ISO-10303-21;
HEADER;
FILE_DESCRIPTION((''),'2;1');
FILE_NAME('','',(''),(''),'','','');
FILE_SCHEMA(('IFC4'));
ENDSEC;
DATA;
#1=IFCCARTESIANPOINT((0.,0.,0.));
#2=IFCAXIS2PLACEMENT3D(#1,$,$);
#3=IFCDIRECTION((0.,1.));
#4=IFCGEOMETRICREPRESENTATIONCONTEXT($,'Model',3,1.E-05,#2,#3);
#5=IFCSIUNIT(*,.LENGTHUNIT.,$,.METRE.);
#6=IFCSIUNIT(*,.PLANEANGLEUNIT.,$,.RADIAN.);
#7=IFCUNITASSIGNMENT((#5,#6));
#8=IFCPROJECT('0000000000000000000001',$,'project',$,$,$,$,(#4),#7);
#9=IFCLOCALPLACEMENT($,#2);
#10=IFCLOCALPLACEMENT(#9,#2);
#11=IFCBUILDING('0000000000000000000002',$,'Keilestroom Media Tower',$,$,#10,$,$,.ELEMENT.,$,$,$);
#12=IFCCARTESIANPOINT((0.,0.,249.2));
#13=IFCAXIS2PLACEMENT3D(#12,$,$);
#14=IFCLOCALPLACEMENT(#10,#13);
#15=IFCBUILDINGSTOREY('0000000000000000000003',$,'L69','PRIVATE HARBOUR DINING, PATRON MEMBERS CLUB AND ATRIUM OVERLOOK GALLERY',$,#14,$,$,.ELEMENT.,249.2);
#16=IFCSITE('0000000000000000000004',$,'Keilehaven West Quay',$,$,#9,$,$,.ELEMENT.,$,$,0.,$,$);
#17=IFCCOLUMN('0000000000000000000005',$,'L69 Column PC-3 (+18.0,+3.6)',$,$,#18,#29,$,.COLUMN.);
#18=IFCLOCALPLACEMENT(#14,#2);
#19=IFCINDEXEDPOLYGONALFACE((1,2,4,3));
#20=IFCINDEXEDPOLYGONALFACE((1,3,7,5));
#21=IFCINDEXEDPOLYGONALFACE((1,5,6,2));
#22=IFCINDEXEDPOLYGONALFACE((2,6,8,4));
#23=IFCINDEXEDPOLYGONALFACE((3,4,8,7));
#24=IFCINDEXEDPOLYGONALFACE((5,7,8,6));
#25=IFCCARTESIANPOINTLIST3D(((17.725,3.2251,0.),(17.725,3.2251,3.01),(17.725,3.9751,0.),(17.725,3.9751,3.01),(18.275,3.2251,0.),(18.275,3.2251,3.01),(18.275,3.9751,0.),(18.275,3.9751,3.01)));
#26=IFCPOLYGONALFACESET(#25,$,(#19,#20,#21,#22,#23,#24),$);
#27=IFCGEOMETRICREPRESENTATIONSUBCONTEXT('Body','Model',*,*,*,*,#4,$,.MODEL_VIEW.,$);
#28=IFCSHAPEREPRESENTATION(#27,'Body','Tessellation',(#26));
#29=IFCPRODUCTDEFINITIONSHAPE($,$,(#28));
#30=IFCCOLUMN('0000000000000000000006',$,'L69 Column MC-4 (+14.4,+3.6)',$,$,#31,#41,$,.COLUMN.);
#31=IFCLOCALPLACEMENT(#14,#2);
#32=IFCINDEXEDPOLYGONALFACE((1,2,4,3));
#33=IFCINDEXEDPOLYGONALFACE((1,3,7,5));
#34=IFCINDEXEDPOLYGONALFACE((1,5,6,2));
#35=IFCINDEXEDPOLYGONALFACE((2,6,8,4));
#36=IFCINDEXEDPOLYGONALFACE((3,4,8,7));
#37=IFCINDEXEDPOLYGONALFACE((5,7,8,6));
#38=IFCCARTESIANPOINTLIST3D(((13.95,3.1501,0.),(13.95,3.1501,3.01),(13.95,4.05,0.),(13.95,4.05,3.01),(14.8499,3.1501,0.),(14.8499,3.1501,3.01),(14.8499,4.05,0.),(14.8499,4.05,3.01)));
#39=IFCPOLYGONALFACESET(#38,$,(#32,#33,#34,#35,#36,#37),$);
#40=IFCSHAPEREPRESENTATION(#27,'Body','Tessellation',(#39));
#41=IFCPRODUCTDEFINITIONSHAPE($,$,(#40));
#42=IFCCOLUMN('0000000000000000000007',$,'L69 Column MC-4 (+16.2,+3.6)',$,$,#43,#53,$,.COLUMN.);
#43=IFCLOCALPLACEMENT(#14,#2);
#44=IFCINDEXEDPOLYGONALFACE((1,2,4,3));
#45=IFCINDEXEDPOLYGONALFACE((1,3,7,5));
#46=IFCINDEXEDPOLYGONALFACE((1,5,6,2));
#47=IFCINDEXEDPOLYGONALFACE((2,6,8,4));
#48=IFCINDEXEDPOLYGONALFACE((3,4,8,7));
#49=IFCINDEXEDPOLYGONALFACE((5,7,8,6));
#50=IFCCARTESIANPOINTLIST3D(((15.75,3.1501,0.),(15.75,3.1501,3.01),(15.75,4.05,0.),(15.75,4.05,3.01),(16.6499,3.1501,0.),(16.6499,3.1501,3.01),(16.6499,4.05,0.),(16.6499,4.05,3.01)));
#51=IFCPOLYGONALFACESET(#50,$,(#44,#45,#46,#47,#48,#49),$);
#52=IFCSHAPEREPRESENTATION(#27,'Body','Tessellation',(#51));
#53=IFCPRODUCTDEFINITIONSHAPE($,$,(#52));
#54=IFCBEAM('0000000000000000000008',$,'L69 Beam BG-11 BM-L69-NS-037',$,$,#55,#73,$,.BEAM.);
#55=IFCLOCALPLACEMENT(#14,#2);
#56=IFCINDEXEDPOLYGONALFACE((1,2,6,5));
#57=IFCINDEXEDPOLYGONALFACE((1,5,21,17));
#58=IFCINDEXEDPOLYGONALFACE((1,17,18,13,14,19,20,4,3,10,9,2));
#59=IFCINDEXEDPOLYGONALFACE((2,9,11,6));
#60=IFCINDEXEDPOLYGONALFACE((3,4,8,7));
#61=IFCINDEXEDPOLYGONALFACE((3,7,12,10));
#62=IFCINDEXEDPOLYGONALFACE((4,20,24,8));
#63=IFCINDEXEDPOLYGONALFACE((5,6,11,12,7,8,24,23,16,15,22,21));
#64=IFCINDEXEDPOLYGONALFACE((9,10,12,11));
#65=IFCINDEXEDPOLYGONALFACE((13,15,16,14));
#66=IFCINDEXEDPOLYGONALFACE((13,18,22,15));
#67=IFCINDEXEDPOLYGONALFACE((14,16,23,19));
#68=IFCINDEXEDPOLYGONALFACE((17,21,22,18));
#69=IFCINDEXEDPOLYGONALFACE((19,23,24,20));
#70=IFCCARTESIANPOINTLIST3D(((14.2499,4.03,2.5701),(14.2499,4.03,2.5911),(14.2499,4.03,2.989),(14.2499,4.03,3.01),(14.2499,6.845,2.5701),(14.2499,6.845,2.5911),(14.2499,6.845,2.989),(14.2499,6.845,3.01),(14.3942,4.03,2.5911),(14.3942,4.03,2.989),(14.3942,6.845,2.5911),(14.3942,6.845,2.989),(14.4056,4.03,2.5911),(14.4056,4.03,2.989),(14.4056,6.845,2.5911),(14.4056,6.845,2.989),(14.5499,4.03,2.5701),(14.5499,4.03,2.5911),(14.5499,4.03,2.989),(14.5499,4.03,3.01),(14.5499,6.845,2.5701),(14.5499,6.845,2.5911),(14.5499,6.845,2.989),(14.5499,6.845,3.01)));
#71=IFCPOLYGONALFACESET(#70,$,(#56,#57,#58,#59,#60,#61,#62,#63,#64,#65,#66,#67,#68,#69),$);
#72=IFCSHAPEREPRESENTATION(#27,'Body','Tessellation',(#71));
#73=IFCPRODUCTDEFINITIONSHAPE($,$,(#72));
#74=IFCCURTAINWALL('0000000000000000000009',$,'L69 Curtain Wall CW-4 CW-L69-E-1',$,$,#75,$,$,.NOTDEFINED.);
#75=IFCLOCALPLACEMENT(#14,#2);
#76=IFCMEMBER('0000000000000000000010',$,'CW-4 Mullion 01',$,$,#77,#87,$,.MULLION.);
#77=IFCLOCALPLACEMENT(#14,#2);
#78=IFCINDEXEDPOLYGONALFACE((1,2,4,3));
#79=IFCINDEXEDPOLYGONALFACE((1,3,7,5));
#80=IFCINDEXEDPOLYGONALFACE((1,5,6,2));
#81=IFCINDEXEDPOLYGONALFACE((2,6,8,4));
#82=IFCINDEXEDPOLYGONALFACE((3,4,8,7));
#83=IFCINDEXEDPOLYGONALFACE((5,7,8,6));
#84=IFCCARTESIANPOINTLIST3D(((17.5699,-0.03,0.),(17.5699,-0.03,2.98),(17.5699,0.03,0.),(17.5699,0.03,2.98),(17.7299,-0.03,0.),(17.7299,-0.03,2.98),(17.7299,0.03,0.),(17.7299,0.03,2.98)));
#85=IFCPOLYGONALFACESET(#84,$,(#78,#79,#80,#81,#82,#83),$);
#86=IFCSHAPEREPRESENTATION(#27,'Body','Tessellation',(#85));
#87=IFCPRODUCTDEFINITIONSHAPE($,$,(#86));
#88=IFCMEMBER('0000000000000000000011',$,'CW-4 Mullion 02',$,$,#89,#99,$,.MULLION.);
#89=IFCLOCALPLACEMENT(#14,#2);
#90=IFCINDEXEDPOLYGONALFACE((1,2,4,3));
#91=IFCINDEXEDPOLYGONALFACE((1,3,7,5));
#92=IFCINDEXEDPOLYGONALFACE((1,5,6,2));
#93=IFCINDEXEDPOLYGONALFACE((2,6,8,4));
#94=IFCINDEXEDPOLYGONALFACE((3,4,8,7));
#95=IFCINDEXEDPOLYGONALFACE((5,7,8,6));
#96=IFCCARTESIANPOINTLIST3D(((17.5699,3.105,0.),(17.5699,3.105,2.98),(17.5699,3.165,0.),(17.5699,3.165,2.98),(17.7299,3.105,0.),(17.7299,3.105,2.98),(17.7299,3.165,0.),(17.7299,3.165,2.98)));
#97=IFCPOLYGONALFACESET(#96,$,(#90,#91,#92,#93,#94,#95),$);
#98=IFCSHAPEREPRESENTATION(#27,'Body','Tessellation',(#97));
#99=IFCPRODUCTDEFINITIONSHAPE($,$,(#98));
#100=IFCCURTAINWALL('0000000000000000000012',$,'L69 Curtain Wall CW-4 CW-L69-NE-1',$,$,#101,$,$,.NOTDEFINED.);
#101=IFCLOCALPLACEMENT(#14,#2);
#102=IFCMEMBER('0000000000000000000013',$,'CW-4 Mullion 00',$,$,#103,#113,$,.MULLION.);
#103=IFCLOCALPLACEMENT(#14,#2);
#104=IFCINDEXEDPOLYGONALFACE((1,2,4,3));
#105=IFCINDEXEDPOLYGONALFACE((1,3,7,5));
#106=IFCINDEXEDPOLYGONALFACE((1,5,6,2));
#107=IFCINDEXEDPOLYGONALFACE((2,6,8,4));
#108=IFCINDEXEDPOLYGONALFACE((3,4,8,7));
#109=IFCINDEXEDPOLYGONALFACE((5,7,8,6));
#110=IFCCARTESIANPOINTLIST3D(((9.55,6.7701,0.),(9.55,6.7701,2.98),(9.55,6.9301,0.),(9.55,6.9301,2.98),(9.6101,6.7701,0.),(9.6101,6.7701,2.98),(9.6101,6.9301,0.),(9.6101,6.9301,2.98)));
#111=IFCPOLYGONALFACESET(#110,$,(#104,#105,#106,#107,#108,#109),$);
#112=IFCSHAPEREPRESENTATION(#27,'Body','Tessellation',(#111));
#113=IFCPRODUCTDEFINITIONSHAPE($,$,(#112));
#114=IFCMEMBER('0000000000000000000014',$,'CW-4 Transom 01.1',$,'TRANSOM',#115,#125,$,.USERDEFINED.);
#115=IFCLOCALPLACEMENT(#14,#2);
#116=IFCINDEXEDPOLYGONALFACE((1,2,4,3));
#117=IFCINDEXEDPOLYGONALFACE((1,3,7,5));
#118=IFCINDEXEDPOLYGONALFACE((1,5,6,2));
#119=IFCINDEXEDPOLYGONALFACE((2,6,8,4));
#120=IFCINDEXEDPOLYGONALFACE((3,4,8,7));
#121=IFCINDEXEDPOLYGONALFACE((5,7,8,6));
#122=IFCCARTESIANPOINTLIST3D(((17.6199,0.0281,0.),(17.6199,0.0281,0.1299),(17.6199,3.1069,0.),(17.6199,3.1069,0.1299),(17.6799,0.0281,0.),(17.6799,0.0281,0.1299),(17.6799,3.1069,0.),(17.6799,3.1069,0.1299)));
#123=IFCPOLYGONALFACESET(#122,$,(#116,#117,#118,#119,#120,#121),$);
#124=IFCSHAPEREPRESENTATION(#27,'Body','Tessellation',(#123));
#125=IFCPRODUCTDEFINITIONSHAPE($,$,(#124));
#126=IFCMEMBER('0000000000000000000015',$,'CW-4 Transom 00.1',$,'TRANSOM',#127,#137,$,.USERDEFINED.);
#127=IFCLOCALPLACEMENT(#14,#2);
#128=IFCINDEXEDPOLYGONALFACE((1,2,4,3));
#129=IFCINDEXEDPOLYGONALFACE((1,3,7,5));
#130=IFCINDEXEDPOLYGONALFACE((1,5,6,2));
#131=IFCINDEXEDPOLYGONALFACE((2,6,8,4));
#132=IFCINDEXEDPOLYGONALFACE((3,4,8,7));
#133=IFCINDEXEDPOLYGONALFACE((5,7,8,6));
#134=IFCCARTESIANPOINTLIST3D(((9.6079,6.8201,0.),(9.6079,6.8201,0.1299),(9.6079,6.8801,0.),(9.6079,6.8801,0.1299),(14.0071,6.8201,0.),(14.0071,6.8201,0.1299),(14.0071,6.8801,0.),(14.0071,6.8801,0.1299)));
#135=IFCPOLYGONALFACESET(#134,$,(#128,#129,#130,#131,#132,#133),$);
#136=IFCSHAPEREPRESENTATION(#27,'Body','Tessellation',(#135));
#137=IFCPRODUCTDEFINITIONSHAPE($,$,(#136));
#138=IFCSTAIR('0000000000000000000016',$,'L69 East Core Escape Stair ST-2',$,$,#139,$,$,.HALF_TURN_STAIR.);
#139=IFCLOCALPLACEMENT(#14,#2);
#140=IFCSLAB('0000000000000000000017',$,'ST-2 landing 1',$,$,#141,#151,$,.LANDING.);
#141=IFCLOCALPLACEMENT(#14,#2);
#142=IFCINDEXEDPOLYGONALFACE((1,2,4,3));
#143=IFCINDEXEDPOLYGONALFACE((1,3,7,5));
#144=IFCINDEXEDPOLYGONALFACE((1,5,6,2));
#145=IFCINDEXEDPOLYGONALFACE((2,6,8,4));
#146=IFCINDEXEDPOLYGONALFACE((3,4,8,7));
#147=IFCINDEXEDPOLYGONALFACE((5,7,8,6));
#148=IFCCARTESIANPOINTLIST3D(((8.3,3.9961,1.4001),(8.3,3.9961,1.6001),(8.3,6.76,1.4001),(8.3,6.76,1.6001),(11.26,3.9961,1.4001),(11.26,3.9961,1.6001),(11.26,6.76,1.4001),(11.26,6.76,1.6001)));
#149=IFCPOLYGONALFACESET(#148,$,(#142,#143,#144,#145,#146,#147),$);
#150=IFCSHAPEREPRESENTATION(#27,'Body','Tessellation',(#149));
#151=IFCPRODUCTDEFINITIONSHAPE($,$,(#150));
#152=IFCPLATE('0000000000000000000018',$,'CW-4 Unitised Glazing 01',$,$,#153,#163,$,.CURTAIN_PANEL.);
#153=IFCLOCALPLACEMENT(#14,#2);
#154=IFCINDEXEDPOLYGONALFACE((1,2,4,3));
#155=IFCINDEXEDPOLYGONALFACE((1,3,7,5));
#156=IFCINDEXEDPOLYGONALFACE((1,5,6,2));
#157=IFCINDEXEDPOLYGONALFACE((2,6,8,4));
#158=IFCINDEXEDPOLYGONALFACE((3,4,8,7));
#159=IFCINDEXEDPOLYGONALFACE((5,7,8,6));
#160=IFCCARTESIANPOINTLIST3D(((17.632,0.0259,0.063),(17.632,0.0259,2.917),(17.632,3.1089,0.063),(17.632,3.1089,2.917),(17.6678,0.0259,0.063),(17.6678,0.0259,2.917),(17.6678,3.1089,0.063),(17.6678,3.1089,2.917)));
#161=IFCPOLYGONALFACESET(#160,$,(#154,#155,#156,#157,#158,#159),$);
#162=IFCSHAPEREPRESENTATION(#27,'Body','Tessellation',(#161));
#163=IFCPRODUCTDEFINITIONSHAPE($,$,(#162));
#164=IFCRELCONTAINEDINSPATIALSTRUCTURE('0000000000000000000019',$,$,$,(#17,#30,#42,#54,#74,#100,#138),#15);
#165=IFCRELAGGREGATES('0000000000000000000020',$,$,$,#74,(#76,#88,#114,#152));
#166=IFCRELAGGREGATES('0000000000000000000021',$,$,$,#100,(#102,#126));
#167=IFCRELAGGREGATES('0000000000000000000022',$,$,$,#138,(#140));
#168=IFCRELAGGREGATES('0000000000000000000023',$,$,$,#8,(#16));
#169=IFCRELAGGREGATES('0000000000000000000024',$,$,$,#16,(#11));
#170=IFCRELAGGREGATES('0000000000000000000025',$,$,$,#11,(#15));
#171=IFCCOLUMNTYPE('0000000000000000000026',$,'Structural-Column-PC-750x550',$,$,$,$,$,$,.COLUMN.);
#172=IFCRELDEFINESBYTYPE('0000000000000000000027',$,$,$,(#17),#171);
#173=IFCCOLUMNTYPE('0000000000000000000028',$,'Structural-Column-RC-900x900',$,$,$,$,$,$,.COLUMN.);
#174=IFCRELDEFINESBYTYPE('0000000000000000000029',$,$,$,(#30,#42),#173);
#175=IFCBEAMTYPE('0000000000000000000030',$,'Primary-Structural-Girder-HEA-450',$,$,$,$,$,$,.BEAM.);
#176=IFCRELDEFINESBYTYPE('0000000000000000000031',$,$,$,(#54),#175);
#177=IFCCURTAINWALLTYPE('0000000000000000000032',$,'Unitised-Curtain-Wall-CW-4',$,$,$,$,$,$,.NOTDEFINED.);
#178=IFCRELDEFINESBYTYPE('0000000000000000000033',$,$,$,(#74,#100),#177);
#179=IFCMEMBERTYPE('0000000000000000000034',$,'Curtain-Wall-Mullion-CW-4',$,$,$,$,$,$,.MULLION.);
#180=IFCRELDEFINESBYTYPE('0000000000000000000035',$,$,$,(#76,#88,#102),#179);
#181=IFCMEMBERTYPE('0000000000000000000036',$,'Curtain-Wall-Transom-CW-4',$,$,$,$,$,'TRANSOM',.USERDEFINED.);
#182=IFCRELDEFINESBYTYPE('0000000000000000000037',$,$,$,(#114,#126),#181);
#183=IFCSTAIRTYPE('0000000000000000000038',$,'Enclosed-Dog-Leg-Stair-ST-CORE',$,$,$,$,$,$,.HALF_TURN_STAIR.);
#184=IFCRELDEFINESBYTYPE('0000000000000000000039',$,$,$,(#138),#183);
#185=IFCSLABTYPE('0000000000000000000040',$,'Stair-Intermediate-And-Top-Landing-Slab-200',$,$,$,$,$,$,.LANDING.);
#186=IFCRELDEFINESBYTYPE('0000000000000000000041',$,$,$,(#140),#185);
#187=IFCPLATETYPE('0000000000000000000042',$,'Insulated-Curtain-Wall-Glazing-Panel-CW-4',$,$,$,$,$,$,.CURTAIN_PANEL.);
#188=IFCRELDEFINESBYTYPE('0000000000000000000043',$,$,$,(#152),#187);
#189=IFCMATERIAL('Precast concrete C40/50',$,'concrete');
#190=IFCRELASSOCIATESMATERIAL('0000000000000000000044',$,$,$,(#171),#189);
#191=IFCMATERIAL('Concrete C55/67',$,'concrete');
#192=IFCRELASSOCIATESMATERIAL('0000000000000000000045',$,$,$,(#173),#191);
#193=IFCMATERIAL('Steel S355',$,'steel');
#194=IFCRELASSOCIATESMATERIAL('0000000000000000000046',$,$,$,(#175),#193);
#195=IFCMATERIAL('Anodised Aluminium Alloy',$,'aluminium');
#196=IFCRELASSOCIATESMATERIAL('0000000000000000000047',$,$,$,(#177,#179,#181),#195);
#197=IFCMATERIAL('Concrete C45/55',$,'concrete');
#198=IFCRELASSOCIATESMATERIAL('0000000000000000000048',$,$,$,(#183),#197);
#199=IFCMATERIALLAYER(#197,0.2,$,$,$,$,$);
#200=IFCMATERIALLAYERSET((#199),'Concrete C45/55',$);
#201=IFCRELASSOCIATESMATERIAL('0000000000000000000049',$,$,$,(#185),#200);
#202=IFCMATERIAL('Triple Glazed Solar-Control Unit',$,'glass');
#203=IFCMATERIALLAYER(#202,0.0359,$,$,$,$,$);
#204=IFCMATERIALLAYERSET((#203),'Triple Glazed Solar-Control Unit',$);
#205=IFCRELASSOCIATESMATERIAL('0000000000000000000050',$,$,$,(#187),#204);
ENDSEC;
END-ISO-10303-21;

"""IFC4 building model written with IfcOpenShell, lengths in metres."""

from ifc_helpers import new_model, si_unit, direction, frame, origin, origin_2d, place, context, subcontext, project, spatial, polyline, rectangle, i_section, outline, extrude, source, transform, mapped, material, layer, layer_set, material_profile, profile_set, type_object, element, aggregate, save


model = new_model("IFC4")

# Units and contexts
model_context = context("Model", 3, precision=1e-05, world=origin(), true_north=direction((0.0, 1.0)))
body_context = subcontext(model_context, "Body", "Model", "MODEL_VIEW")
ifc_project = project(units=[si_unit("LENGTHUNIT", "METRE"), si_unit("PLANEANGLEUNIT", "RADIAN")], contexts=[model_context])

# Site, building, storey
site_placement = place(None, origin())
site = spatial("IfcSite", under=ifc_project, at=site_placement, Name="Keilehaven West Quay", CompositionType="ELEMENT", RefElevation=0.0)
building_placement = place(site_placement, origin())
building = spatial("IfcBuilding", under=site, at=building_placement, Name="Keilestroom Media Tower", CompositionType="ELEMENT")
storey_placement = place(building_placement, frame((0.0, 0.0, 249.2)))
storey = spatial("IfcBuildingStorey", under=building, at=storey_placement, Name="L69", Description="PRIVATE HARBOUR DINING, PATRON MEMBERS CLUB AND ATRIUM OVERLOOK GALLERY", CompositionType="ELEMENT", Elevation=249.2)

# Columns
ifc_material_1 = material(Name="Precast concrete C40/50", Category="concrete")
ifc_material_profile_1 = material_profile(ifc_material_1, rectangle(XDim=0.55, YDim=0.75, at=origin_2d()), Name="PC 750x550")
ifc_profile_set_1 = profile_set([ifc_material_profile_1], Name="Precast concrete C40/50")
column_type_1 = type_object("IfcColumnType", Name="Structural-Column-PC-750x550", PredefinedType="COLUMN", material=ifc_profile_set_1)
shared_shape_1 = source(origin(), body_context, "Body", "SweptSolid", [
    extrude(rectangle(XDim=0.55, YDim=0.75, at=origin_2d()), origin(), (0.0, 0.0, 1.0), 3.01),
])
column_placement = place(storey_placement, frame((18.0, 3.6001, 0.0), z_axis=(0.0, 0.0, 1.0), x_axis=(1.0, 0.0, 0.0)))
element("IfcColumn", 1, at=column_placement, inside=storey, type_object=column_type_1, Name="L69 Column PC-3 (+18.0,+3.6)", PredefinedType="COLUMN", context=body_context, shape_type="MappedRepresentation", body=[
    mapped(shared_shape_1, transform((0.0, 0.0, 0.0), x_axis=(1.0, 0.0, 0.0), y_axis=(0.0, 1.0, 0.0), z_axis=(0.0, 0.0, 1.0), scale=1.0)),
])
ifc_material_2 = material(Name="Concrete C55/67", Category="concrete")
ifc_material_profile_2 = material_profile(ifc_material_2, rectangle(XDim=0.8999, YDim=0.8999, at=origin_2d()), Name="RC 900x900")
ifc_profile_set_2 = profile_set([ifc_material_profile_2], Name="Concrete C55/67")
column_type_2 = type_object("IfcColumnType", Name="Structural-Column-RC-900x900", PredefinedType="COLUMN", material=ifc_profile_set_2)
shared_shape_2 = source(origin(), body_context, "Body", "SweptSolid", [
    extrude(rectangle(XDim=0.8999, YDim=0.8999, at=origin_2d()), origin(), (0.0, 0.0, 1.0), 3.01),
])
for number, where, z_axis, x_axis, name in (
    (2, (14.3999, 3.6001, 0.0), (0.0, 0.0, 1.0), (1.0, 0.0, 0.0), "L69 Column MC-4 (+14.4,+3.6)"),
    (3, (16.2, 3.6001, 0.0), (0.0, 0.0, 1.0), (1.0, 0.0, 0.0), "L69 Column MC-4 (+16.2,+3.6)"),
):
    element("IfcColumn", number, at=place(storey_placement, frame(where, z_axis=z_axis, x_axis=x_axis)), inside=storey, type_object=column_type_2, Name=name, PredefinedType="COLUMN", context=body_context, shape_type="MappedRepresentation", body=[
        mapped(shared_shape_2, transform((0.0, 0.0, 0.0), x_axis=(1.0, 0.0, 0.0), y_axis=(0.0, 1.0, 0.0), z_axis=(0.0, 0.0, 1.0), scale=1.0)),
    ])

# Beam
ifc_material_3 = material(Name="Steel S355", Category="steel")
ifc_material_profile_3 = material_profile(ifc_material_3, i_section(OverallWidth=0.3, OverallDepth=0.4399, WebThickness=0.0115, FlangeThickness=0.021, at=origin_2d()), Name="HEA 450")
ifc_profile_set_3 = profile_set([ifc_material_profile_3], Name="Steel S355")
beam_type = type_object("IfcBeamType", Name="Primary-Structural-Girder-HEA-450", PredefinedType="BEAM", material=ifc_profile_set_3)
shared_shape_3 = source(origin(), body_context, "Body", "SweptSolid", [
    extrude(i_section(OverallWidth=0.3, OverallDepth=0.4399, WebThickness=0.0115, FlangeThickness=0.021, at=origin_2d()), origin(), (0.0, 0.0, 1.0), 2.8149),
])
beam_placement = place(storey_placement, frame((14.3999, 4.03, 2.79), z_axis=(0.0, 1.0, 0.0), x_axis=(-1.0, 0.0, 0.0)))
element("IfcBeam", 4, at=beam_placement, inside=storey, type_object=beam_type, Name="L69 Beam BG-11 BM-L69-NS-037", PredefinedType="BEAM", context=body_context, shape_type="MappedRepresentation", body=[
    mapped(shared_shape_3, transform((0.0, 0.0, 0.0), x_axis=(1.0, 0.0, 0.0), y_axis=(0.0, 1.0, 0.0), z_axis=(0.0, 0.0, 1.0), scale=1.0)),
])

# Curtain wall, members
ifc_material_4 = material(Name="Anodised Aluminium Alloy", Category="aluminium")
curtain_wall_type = type_object("IfcCurtainWallType", Name="Unitised-Curtain-Wall-CW-4", PredefinedType="NOTDEFINED", material=ifc_material_4)
curtain_wall_1_placement = place(storey_placement, origin())
curtain_wall_1 = element("IfcCurtainWall", 5, at=curtain_wall_1_placement, inside=storey, type_object=curtain_wall_type, Name="L69 Curtain Wall CW-4 CW-L69-E-1", PredefinedType="NOTDEFINED")
ifc_material_profile_4 = material_profile(ifc_material_4, rectangle(XDim=0.0601, YDim=0.1599, at=origin_2d()), Name="ALU MULLION 60x160")
ifc_profile_set_4 = profile_set([ifc_material_profile_4], Name="Anodised Aluminium Alloy")
member_type_1 = type_object("IfcMemberType", Name="Curtain-Wall-Mullion-CW-4", PredefinedType="MULLION", material=ifc_profile_set_4)
shared_shape_4 = source(origin(), body_context, "Body", "SweptSolid", [
    extrude(rectangle(XDim=0.0601, YDim=0.1599, at=origin_2d()), origin(), (0.0, 0.0, 1.0), 2.98),
])
member_1_placement = place(storey_placement, frame((17.6499, 0.0, 0.0), z_axis=(0.0, 0.0, 1.0), x_axis=(0.0, 1.0, 0.0)))
member_1 = element("IfcMember", 6, at=member_1_placement, type_object=member_type_1, Name="CW-4 Mullion 01", PredefinedType="MULLION", context=body_context, shape_type="MappedRepresentation", body=[
    mapped(shared_shape_4, transform((0.0, 0.0, 0.0), x_axis=(1.0, 0.0, 0.0), y_axis=(0.0, 1.0, 0.0), z_axis=(0.0, 0.0, 1.0), scale=1.0)),
])
member_2_placement = place(storey_placement, frame((17.6499, 3.135, 0.0), z_axis=(0.0, 0.0, 1.0), x_axis=(0.0, 1.0, 0.0)))
member_2 = element("IfcMember", 7, at=member_2_placement, type_object=member_type_1, Name="CW-4 Mullion 02", PredefinedType="MULLION", context=body_context, shape_type="MappedRepresentation", body=[
    mapped(shared_shape_4, transform((0.0, 0.0, 0.0), x_axis=(1.0, 0.0, 0.0), y_axis=(0.0, 1.0, 0.0), z_axis=(0.0, 0.0, 1.0), scale=1.0)),
])

# Curtain wall, member
curtain_wall_2_placement = place(storey_placement, origin())
curtain_wall_2 = element("IfcCurtainWall", 8, at=curtain_wall_2_placement, inside=storey, type_object=curtain_wall_type, Name="L69 Curtain Wall CW-4 CW-L69-NE-1", PredefinedType="NOTDEFINED")
member_3_placement = place(storey_placement, frame((9.5801, 6.8501, 0.0), z_axis=(0.0, 0.0, 1.0), x_axis=(1.0, 0.0, 0.0)))
member_3 = element("IfcMember", 9, at=member_3_placement, type_object=member_type_1, Name="CW-4 Mullion 00", PredefinedType="MULLION", context=body_context, shape_type="MappedRepresentation", body=[
    mapped(shared_shape_4, transform((0.0, 0.0, 0.0), x_axis=(1.0, 0.0, 0.0), y_axis=(0.0, 1.0, 0.0), z_axis=(0.0, 0.0, 1.0), scale=1.0)),
])

# Members
ifc_material_profile_5 = material_profile(ifc_material_4, rectangle(XDim=0.0601, YDim=0.1299, at=origin_2d()), Name="ALU TRANSOM 60x130")
ifc_profile_set_5 = profile_set([ifc_material_profile_5], Name="Anodised Aluminium Alloy")
member_type_2 = type_object("IfcMemberType", Name="Curtain-Wall-Transom-CW-4", ElementType="TRANSOM", PredefinedType="USERDEFINED", material=ifc_profile_set_5)
shared_shape_5 = source(origin(), body_context, "Body", "SweptSolid", [
    extrude(rectangle(XDim=0.0601, YDim=0.1299, at=origin_2d()), origin(), (0.0, 0.0, 1.0), 3.0789),
])
member_4_placement = place(storey_placement, frame((17.6499, 0.0281, 0.0649), z_axis=(0.0, 1.0, 0.0), x_axis=(-1.0, 0.0, 0.0)))
member_4 = element("IfcMember", 10, at=member_4_placement, type_object=member_type_2, Name="CW-4 Transom 01.1", ObjectType="TRANSOM", PredefinedType="USERDEFINED", context=body_context, shape_type="MappedRepresentation", body=[
    mapped(shared_shape_5, transform((0.0, 0.0, 0.0), x_axis=(1.0, 0.0, 0.0), y_axis=(0.0, 1.0, 0.0), z_axis=(0.0, 0.0, 1.0), scale=1.0)),
])
shared_shape_6 = source(origin(), body_context, "Body", "SweptSolid", [
    extrude(rectangle(XDim=0.0601, YDim=0.1299, at=origin_2d()), origin(), (0.0, 0.0, 1.0), 4.3992),
])
member_5_placement = place(storey_placement, frame((9.6079, 6.8501, 0.0649), z_axis=(1.0, 0.0, 0.0), x_axis=(0.0, 1.0, 0.0)))
member_5 = element("IfcMember", 11, at=member_5_placement, type_object=member_type_2, Name="CW-4 Transom 00.1", ObjectType="TRANSOM", PredefinedType="USERDEFINED", context=body_context, shape_type="MappedRepresentation", body=[
    mapped(shared_shape_6, transform((0.0, 0.0, 0.0), x_axis=(1.0, 0.0, 0.0), y_axis=(0.0, 1.0, 0.0), z_axis=(0.0, 0.0, 1.0), scale=1.0)),
])

# Stair, slab
ifc_material_5 = material(Name="Concrete C45/55", Category="concrete")
stair_type = type_object("IfcStairType", Name="Enclosed-Dog-Leg-Stair-ST-CORE", PredefinedType="HALF_TURN_STAIR", material=ifc_material_5)
stair_placement = place(storey_placement, origin())
stair = element("IfcStair", 12, at=stair_placement, inside=storey, type_object=stair_type, Name="L69 East Core Escape Stair ST-2", PredefinedType="HALF_TURN_STAIR")
ifc_layer_1 = layer(ifc_material_5, 0.2)
ifc_layer_set_1 = layer_set([ifc_layer_1], Name="Concrete C45/55")
slab_type = type_object("IfcSlabType", Name="Stair-Intermediate-And-Top-Landing-Slab-200", PredefinedType="LANDING", material=ifc_layer_set_1)
slab_placement = place(storey_placement, frame((0.0, 0.0, 1.4001)))
slab = element("IfcSlab", 13, at=slab_placement, type_object=slab_type, Name="ST-2 landing 1", PredefinedType="LANDING", context=body_context, shape_type="SweptSolid", body=[
    extrude(outline(polyline([(11.26, 3.9961), (11.26, 6.76), (8.3, 6.76), (8.3, 3.9961), (11.26, 3.9961)])), origin(), (0.0, 0.0, 1.0), 0.2),
])

# Plate
ifc_material_6 = material(Name="Triple Glazed Solar-Control Unit", Category="glass")
ifc_layer_2 = layer(ifc_material_6, 0.0359)
ifc_layer_set_2 = layer_set([ifc_layer_2], Name="Triple Glazed Solar-Control Unit")
plate_type = type_object("IfcPlateType", Name="Insulated-Curtain-Wall-Glazing-Panel-CW-4", PredefinedType="CURTAIN_PANEL", material=ifc_layer_set_2)
shared_shape_7 = source(origin(), body_context, "Body", "SweptSolid", [
    extrude(rectangle(XDim=3.083, YDim=0.0359, at=origin_2d()), origin(), (0.0, 0.0, 1.0), 2.854),
])
plate_1_placement = place(storey_placement, frame((17.6499, 1.5674, 0.063), z_axis=(0.0, 0.0, 1.0), x_axis=(0.0, 1.0, 0.0)))
plate_1 = element("IfcPlate", 14, at=plate_1_placement, type_object=plate_type, Name="CW-4 Unitised Glazing 01", PredefinedType="CURTAIN_PANEL", context=body_context, shape_type="MappedRepresentation", body=[
    mapped(shared_shape_7, transform((0.0, 0.0, 0.0), x_axis=(1.0, 0.0, 0.0), y_axis=(0.0, 1.0, 0.0), z_axis=(0.0, 0.0, 1.0), scale=1.0)),
])
aggregate(curtain_wall_1, [member_1, member_2, member_4, plate_1])
aggregate(curtain_wall_2, [member_3, member_5])

aggregate(stair, [slab])

save(model, "model.ifc")
